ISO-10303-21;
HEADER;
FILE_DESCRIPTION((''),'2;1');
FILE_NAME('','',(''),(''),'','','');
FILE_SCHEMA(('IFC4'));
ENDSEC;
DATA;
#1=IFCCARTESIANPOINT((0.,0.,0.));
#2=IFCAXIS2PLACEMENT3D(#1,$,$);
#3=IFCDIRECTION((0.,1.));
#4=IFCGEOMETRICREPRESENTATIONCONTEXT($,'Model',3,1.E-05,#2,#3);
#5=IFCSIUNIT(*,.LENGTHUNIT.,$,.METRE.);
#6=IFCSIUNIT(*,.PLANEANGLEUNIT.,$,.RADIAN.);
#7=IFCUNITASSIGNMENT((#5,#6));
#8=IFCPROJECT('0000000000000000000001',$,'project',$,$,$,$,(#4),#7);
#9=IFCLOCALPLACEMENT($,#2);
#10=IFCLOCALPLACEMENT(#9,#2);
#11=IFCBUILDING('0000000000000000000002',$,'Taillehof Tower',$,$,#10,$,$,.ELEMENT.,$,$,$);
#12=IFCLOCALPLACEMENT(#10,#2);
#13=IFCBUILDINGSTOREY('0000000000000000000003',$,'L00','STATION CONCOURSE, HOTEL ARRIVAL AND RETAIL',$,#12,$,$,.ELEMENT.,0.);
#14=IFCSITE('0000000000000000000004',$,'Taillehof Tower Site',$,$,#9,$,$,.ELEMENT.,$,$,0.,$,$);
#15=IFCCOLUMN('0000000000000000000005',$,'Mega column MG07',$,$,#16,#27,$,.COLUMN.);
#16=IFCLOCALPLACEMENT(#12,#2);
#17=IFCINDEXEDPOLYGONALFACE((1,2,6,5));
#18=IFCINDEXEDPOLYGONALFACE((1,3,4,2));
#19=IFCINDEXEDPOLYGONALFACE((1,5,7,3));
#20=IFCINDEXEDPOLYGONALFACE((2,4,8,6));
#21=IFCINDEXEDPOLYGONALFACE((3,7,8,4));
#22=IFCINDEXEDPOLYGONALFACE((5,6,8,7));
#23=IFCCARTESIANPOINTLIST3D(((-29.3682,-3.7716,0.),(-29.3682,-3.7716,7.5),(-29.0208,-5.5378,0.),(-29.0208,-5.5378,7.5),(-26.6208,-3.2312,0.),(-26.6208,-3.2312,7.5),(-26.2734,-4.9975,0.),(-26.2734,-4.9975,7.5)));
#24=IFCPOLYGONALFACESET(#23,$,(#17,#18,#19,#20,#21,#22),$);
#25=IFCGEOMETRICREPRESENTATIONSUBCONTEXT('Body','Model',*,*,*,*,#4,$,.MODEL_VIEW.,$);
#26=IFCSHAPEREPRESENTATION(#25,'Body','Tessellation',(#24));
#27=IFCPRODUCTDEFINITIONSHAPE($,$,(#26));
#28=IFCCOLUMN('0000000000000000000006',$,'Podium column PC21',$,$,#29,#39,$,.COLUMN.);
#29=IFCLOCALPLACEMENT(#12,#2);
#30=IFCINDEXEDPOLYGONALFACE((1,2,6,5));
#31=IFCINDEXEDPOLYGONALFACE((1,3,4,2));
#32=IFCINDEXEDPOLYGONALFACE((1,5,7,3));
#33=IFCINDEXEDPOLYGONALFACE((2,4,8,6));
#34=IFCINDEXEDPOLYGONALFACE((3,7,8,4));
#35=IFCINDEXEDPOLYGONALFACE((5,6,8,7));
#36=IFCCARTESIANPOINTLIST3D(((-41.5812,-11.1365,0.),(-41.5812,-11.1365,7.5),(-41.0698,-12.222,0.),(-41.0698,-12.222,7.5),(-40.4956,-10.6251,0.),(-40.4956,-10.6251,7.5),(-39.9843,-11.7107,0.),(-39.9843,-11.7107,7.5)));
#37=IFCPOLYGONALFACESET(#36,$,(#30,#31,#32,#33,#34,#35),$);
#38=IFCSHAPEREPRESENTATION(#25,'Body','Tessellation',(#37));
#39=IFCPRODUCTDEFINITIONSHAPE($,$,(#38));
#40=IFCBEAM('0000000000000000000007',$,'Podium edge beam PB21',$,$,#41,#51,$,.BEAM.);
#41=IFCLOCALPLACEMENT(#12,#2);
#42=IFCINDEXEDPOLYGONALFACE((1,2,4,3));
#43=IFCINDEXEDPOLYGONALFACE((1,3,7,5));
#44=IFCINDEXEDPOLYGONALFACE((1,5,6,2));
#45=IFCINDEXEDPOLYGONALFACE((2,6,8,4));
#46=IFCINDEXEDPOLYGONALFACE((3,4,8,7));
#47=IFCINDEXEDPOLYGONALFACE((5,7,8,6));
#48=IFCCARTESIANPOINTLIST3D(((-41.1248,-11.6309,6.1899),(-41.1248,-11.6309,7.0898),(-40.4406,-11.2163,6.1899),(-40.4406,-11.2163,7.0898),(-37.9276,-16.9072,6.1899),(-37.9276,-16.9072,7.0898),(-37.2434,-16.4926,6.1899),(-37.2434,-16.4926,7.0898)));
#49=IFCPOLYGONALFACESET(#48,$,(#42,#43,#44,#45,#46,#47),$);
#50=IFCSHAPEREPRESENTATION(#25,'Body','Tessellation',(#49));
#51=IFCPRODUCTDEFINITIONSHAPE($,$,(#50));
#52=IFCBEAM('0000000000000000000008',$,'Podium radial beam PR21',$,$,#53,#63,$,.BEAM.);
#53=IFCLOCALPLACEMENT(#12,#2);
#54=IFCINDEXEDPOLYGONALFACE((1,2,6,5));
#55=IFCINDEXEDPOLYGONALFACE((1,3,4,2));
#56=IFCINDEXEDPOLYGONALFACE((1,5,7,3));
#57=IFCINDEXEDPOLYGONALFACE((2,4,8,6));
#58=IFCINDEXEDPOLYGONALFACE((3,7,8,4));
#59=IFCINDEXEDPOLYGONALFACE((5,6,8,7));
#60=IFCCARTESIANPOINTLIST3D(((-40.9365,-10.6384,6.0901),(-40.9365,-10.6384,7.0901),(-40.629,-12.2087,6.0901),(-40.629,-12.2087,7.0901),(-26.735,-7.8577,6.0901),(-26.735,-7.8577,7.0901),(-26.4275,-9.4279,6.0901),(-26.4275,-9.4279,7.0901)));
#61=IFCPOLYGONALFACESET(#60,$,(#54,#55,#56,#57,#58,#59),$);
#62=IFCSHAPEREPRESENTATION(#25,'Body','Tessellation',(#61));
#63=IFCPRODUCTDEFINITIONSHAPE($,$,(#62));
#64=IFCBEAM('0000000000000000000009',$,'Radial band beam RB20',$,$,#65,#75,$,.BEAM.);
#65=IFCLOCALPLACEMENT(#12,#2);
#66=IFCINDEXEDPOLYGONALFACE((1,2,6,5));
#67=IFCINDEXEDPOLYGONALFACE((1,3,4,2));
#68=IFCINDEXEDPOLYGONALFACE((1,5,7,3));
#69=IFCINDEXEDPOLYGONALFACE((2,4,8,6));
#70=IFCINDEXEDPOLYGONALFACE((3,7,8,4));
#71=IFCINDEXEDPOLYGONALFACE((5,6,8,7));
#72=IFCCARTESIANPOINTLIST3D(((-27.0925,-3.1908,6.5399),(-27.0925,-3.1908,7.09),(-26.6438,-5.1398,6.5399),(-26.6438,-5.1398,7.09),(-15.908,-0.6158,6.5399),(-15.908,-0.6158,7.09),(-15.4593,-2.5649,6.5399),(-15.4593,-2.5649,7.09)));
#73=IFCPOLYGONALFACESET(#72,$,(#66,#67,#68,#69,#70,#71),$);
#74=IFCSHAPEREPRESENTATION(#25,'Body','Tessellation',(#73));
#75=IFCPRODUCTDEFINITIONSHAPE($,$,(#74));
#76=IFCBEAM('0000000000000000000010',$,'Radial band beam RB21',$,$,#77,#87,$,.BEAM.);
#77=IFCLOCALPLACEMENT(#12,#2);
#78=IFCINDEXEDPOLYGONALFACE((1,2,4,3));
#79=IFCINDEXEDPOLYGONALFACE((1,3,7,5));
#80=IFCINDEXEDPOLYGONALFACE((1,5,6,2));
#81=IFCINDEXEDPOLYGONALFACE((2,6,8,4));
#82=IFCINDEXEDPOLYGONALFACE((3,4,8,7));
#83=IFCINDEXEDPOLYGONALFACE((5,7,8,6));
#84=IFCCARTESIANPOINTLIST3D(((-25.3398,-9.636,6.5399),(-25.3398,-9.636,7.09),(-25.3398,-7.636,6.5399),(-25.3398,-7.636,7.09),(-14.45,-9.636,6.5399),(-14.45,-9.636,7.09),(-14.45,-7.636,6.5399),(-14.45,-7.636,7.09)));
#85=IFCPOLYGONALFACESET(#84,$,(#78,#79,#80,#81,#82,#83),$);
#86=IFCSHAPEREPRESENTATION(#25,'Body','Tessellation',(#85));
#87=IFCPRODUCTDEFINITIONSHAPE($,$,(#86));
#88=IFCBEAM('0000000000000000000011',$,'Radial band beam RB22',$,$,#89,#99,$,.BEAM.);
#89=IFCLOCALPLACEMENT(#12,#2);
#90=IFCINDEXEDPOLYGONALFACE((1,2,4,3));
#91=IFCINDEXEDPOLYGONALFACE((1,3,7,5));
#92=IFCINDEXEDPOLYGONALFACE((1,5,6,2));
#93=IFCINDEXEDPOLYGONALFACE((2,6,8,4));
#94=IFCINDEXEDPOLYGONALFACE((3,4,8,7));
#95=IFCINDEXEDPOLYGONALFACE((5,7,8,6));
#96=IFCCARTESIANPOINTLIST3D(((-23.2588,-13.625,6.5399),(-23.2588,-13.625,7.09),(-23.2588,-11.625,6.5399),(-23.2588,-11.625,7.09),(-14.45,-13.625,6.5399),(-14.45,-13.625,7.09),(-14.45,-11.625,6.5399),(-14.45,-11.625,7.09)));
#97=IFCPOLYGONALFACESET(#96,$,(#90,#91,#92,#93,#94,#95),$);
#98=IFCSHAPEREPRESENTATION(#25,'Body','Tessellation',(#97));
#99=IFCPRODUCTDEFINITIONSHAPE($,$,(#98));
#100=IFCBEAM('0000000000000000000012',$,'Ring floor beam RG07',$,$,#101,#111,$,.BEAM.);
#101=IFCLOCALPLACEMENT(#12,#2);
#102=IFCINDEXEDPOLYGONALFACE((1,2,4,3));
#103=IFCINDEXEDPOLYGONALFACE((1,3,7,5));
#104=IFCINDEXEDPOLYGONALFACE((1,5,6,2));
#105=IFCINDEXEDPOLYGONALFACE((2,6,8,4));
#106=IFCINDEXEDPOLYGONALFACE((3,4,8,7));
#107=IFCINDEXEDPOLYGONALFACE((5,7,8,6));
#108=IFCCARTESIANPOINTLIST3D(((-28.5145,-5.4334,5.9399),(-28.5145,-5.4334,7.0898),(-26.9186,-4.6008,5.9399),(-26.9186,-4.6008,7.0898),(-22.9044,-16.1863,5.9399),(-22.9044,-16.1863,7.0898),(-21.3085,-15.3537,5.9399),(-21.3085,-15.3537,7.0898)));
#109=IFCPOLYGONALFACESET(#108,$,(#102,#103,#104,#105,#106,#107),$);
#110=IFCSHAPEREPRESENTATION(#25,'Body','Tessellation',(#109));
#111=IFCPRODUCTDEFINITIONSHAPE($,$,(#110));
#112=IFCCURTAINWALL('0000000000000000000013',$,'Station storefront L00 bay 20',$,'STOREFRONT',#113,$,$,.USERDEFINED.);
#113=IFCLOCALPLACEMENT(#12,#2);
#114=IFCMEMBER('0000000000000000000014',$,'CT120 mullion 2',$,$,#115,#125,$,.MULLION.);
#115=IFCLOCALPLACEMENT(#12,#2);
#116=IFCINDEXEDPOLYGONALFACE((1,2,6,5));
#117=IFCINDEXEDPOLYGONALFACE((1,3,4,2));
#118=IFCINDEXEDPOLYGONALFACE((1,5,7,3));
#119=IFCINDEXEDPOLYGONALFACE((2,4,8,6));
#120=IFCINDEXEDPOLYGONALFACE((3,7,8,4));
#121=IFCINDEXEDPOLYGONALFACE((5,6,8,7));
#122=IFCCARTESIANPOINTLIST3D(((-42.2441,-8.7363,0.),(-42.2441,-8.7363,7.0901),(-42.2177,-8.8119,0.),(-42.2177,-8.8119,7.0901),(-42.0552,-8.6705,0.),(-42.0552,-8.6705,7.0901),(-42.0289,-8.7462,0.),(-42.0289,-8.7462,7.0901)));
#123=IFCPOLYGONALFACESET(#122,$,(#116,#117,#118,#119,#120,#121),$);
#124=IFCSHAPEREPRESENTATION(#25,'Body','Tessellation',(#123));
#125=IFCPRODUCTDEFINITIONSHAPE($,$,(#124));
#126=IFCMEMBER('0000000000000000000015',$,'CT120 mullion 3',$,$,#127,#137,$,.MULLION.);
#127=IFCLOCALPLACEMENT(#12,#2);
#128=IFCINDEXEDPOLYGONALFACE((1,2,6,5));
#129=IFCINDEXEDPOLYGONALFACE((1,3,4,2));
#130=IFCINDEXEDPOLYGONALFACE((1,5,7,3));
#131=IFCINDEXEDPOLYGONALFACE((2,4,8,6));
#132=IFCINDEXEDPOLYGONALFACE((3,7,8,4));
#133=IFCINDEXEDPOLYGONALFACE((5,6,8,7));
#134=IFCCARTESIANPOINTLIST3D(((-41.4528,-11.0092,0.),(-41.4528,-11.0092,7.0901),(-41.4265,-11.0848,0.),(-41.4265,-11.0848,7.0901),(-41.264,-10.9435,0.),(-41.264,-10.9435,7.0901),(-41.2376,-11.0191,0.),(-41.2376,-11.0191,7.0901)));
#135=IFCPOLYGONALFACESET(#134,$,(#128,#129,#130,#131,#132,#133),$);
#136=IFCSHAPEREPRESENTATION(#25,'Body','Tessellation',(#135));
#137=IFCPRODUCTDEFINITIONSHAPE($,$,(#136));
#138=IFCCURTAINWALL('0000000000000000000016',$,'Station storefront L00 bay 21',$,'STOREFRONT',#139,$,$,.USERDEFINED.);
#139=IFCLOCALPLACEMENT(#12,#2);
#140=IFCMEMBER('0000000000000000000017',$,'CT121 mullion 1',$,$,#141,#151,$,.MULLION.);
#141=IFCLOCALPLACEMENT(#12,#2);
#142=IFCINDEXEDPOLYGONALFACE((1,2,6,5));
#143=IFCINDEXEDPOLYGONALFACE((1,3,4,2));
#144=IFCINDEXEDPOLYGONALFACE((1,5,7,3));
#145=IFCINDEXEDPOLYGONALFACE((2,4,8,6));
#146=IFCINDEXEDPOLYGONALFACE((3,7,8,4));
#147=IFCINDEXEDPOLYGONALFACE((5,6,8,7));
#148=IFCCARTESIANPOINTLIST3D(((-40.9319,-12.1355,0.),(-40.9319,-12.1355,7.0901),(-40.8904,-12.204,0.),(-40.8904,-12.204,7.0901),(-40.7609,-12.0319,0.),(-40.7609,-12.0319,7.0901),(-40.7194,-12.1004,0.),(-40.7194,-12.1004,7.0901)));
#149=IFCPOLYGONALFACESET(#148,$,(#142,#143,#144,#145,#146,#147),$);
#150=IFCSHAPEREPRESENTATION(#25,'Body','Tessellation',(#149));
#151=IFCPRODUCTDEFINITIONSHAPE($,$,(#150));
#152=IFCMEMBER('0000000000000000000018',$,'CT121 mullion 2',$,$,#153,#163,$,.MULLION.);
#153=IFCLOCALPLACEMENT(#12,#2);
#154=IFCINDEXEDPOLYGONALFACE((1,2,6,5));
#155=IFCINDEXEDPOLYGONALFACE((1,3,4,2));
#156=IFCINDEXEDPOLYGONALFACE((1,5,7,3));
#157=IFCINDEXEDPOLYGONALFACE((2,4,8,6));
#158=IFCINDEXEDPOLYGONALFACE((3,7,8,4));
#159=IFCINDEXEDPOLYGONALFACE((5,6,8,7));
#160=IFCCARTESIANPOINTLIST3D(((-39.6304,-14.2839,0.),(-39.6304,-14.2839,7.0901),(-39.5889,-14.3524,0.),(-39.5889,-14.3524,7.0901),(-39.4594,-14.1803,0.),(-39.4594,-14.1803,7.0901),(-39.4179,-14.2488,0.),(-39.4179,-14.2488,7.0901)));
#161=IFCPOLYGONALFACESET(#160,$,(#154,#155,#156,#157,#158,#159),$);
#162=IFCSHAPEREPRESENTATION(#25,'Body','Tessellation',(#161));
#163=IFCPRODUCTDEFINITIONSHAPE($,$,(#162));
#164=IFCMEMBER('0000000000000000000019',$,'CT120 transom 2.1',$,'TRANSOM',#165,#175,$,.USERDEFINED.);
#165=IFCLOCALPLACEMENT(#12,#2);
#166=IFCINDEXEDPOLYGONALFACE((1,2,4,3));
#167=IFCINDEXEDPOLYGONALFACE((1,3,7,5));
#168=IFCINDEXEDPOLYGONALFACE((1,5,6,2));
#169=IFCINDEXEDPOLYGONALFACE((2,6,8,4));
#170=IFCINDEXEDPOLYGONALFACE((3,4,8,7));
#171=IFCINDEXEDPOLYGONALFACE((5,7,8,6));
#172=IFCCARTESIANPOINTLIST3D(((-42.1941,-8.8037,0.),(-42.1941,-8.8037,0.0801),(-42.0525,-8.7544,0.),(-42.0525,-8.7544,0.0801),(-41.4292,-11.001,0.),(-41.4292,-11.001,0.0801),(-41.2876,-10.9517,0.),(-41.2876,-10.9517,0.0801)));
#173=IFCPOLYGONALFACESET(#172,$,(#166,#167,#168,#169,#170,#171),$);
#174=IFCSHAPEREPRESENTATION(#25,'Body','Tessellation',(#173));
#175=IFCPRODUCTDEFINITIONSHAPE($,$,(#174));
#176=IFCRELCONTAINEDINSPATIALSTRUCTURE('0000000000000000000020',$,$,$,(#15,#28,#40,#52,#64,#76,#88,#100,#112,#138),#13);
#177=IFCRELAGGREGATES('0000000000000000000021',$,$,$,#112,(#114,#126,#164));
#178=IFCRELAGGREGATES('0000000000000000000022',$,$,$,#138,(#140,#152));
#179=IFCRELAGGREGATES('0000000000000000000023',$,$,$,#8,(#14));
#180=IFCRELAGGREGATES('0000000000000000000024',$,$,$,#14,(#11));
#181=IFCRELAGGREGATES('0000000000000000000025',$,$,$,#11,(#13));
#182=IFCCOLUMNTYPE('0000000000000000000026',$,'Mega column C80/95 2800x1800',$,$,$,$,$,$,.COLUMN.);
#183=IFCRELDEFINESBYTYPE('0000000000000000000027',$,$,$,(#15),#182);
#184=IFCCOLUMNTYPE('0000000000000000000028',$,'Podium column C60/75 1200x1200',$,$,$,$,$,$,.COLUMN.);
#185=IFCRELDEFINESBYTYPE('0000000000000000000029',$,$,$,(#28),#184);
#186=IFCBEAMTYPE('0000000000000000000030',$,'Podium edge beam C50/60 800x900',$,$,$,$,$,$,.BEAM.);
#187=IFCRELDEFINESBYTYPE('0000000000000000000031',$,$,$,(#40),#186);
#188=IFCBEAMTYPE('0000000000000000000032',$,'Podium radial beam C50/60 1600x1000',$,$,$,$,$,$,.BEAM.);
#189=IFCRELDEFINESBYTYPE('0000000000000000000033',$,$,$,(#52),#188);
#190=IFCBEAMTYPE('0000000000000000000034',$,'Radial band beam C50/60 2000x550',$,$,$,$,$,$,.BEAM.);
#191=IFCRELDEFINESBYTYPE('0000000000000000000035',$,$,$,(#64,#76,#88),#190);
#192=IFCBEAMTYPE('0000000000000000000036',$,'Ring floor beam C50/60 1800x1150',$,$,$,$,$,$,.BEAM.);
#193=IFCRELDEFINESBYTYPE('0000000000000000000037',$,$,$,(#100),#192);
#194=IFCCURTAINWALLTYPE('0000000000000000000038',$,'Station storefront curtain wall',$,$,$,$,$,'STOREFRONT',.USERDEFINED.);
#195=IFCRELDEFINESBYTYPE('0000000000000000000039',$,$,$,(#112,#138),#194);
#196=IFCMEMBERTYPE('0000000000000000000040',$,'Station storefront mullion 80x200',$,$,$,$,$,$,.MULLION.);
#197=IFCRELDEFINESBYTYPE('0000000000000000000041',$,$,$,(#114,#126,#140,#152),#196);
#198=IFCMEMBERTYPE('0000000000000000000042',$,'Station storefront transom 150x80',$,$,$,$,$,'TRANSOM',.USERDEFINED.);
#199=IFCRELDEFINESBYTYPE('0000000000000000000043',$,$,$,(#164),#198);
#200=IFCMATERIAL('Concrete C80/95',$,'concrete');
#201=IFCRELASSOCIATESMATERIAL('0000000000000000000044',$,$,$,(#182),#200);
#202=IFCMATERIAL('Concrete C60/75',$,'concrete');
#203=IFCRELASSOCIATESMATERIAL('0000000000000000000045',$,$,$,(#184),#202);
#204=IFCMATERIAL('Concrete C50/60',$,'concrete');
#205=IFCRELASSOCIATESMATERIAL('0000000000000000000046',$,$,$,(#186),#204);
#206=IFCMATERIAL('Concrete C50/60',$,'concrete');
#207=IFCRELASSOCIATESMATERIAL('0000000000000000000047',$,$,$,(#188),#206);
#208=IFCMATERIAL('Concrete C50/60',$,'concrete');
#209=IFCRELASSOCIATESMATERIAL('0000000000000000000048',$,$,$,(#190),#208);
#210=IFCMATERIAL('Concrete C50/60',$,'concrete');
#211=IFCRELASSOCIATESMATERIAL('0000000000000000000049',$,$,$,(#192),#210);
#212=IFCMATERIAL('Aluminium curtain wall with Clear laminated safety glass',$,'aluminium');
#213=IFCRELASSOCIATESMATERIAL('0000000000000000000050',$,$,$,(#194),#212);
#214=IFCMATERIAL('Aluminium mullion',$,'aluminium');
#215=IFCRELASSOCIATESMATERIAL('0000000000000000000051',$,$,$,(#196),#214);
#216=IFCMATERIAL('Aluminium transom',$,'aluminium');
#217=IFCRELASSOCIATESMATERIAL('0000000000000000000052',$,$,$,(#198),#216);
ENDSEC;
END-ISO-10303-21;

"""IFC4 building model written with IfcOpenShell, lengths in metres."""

from ifc_helpers import new_model, si_unit, direction, frame, origin, origin_2d, place, context, subcontext, project, spatial, rectangle, extrude, material, material_profile, profile_set, type_object, element, aggregate, save


model = new_model("IFC4")

# Units and contexts
model_context = context("Model", 3, precision=1e-05, world=origin(), true_north=direction((0.0, 1.0)))
body_context = subcontext(model_context, "Body", "Model", "MODEL_VIEW")
ifc_project = project(units=[si_unit("LENGTHUNIT", "METRE"), si_unit("PLANEANGLEUNIT", "RADIAN")], contexts=[model_context])

# Site, building, storey
site_placement = place(None, origin())
site = spatial("IfcSite", under=ifc_project, at=site_placement, Name="Taillehof Tower Site", CompositionType="ELEMENT", RefElevation=0.0)
building_placement = place(site_placement, origin())
building = spatial("IfcBuilding", under=site, at=building_placement, Name="Taillehof Tower", CompositionType="ELEMENT")
storey_placement = place(building_placement, origin())
storey = spatial("IfcBuildingStorey", under=building, at=storey_placement, Name="L00", Description="STATION CONCOURSE, HOTEL ARRIVAL AND RETAIL", CompositionType="ELEMENT", Elevation=0.0)

# Columns
ifc_material_1 = material(Name="Concrete C80/95", Category="concrete")
ifc_material_profile_1 = material_profile(ifc_material_1, rectangle(XDim=2.8, YDim=1.8, at=origin_2d()), Name="RC 2800x1800")
ifc_profile_set_1 = profile_set([ifc_material_profile_1], Name="Concrete C80/95")
column_type_1 = type_object("IfcColumnType", Name="Mega column C80/95 2800x1800", PredefinedType="COLUMN", material=ifc_profile_set_1)
column_1_placement = place(storey_placement, frame((-27.8208, -4.3845, 0.0), z_axis=(0.0, 0.0, 1.0), x_axis=(-0.981204, -0.192976, 0.0)))
element("IfcColumn", 1, at=column_1_placement, inside=storey, type_object=column_type_1, Name="Mega column MG07", PredefinedType="COLUMN", context=body_context, shape_type="SweptSolid", body=[
    extrude(rectangle(XDim=2.8, YDim=1.8, at=origin_2d()), origin(), (0.0, 0.0, 1.0), 7.5),
])
ifc_material_2 = material(Name="Concrete C60/75", Category="concrete")
ifc_material_profile_2 = material_profile(ifc_material_2, rectangle(XDim=1.2, YDim=1.2, at=origin_2d()), Name="RC 1200x1200")
ifc_profile_set_2 = profile_set([ifc_material_profile_2], Name="Concrete C60/75")
column_type_2 = type_object("IfcColumnType", Name="Podium column C60/75 1200x1200", PredefinedType="COLUMN", material=ifc_profile_set_2)
column_2_placement = place(storey_placement, frame((-40.7827, -11.4236, 0.0), z_axis=(0.0, 0.0, 1.0), x_axis=(-0.904668, -0.426117, 0.0)))
element("IfcColumn", 2, at=column_2_placement, inside=storey, type_object=column_type_2, Name="Podium column PC21", PredefinedType="COLUMN", context=body_context, shape_type="SweptSolid", body=[
    extrude(rectangle(XDim=1.2, YDim=1.2, at=origin_2d()), origin(), (0.0, 0.0, 1.0), 7.5),
])

# Beams
ifc_material_3 = material(Name="Concrete C50/60", Category="concrete")
ifc_material_profile_3 = material_profile(ifc_material_3, rectangle(XDim=0.8, YDim=0.8999, at=origin_2d()), Name="RC 800x900")
ifc_profile_set_3 = profile_set([ifc_material_profile_3], Name="Concrete C50/60")
beam_type_1 = type_object("IfcBeamType", Name="Podium edge beam C50/60 800x900", PredefinedType="BEAM", material=ifc_profile_set_3)
beam_1_placement = place(storey_placement, frame((-40.7827, -11.4236, 6.6399), z_axis=(0.518239, -0.855236, 0.0), x_axis=(0.855236, 0.518239, 0.0)))
element("IfcBeam", 3, at=beam_1_placement, inside=storey, type_object=beam_type_1, Name="Podium edge beam PB21", PredefinedType="BEAM", context=body_context, shape_type="SweptSolid", body=[
    extrude(rectangle(XDim=0.8, YDim=0.8999, at=origin_2d()), origin(), (0.0, 0.0, 1.0), 6.1694),
])
ifc_material_4 = material(Name="Concrete C50/60", Category="concrete")
ifc_material_profile_4 = material_profile(ifc_material_4, rectangle(XDim=1.6001, YDim=1.0, at=origin_2d()), Name="RC 1600x1000")
ifc_profile_set_4 = profile_set([ifc_material_profile_4], Name="Concrete C50/60")
beam_type_2 = type_object("IfcBeamType", Name="Podium radial beam C50/60 1600x1000", PredefinedType="BEAM", material=ifc_profile_set_4)
beam_2_placement = place(storey_placement, frame((-40.7827, -11.4236, 6.5901), z_axis=(0.981364, 0.19216, 0.0), x_axis=(-0.19216, 0.981364, 0.0)))
element("IfcBeam", 4, at=beam_2_placement, inside=storey, type_object=beam_type_2, Name="Podium radial beam PR21", PredefinedType="BEAM", context=body_context, shape_type="SweptSolid", body=[
    extrude(rectangle(XDim=1.6001, YDim=1.0, at=origin_2d()), origin(), (0.0, 0.0, 1.0), 14.4712),
])
ifc_material_5 = material(Name="Concrete C50/60", Category="concrete")
ifc_material_profile_5 = material_profile(ifc_material_5, rectangle(XDim=2.0, YDim=0.55, at=origin_2d()), Name="RC 2000x550")
ifc_profile_set_5 = profile_set([ifc_material_profile_5], Name="Concrete C50/60")
beam_type_3 = type_object("IfcBeamType", Name="Radial band beam C50/60 2000x550", PredefinedType="BEAM", material=ifc_profile_set_5)
beam_3_placement = place(storey_placement, frame((-26.8682, -4.1653, 6.8149), z_axis=(0.974508, 0.224355, 0.0), x_axis=(-0.224355, 0.974508, 0.0)))
element("IfcBeam", 5, at=beam_3_placement, inside=storey, type_object=beam_type_3, Name="Radial band beam RB20", PredefinedType="BEAM", context=body_context, shape_type="SweptSolid", body=[
    extrude(rectangle(XDim=2.0, YDim=0.55, at=origin_2d()), origin(), (0.0, 0.0, 1.0), 11.4771),
])
beam_4_placement = place(storey_placement, frame((-25.3398, -8.636, 6.8149), z_axis=(1.0, 0.0, 0.0), x_axis=(0.0, 1.0, 0.0)))
element("IfcBeam", 6, at=beam_4_placement, inside=storey, type_object=beam_type_3, Name="Radial band beam RB21", PredefinedType="BEAM", context=body_context, shape_type="SweptSolid", body=[
    extrude(rectangle(XDim=2.0, YDim=0.55, at=origin_2d()), origin(), (0.0, 0.0, 1.0), 10.8899),
])
beam_5_placement = place(storey_placement, frame((-23.2588, -12.625, 6.8149), z_axis=(1.0, 0.0, 0.0), x_axis=(0.0, 1.0, 0.0)))
element("IfcBeam", 7, at=beam_5_placement, inside=storey, type_object=beam_type_3, Name="Radial band beam RB22", PredefinedType="BEAM", context=body_context, shape_type="SweptSolid", body=[
    extrude(rectangle(XDim=2.0, YDim=0.55, at=origin_2d()), origin(), (0.0, 0.0, 1.0), 8.8088),
])
ifc_material_6 = material(Name="Concrete C50/60", Category="concrete")
ifc_material_profile_6 = material_profile(ifc_material_6, rectangle(XDim=1.8, YDim=1.1499, at=origin_2d()), Name="RC 1800x1150")
ifc_profile_set_6 = profile_set([ifc_material_profile_6], Name="Concrete C50/60")
beam_type_4 = type_object("IfcBeamType", Name="Ring floor beam C50/60 1800x1150", PredefinedType="BEAM", material=ifc_profile_set_6)
beam_6_placement = place(storey_placement, frame((-27.7166, -5.0171, 6.5149), z_axis=(0.462558, -0.886589, 0.0), x_axis=(0.886589, 0.462558, 0.0)))
element("IfcBeam", 8, at=beam_6_placement, inside=storey, type_object=beam_type_4, Name="Ring floor beam RG07", PredefinedType="BEAM", context=body_context, shape_type="SweptSolid", body=[
    extrude(rectangle(XDim=1.8, YDim=1.1499, at=origin_2d()), origin(), (0.0, 0.0, 1.0), 12.1284),
])

# Curtain walls, members
ifc_material_7 = material(Name="Aluminium curtain wall with Clear laminated safety glass", Category="aluminium")
curtain_wall_type = type_object("IfcCurtainWallType", Name="Station storefront curtain wall", ElementType="STOREFRONT", PredefinedType="USERDEFINED", material=ifc_material_7)
curtain_wall_1_placement = place(storey_placement, origin())
curtain_wall_1 = element("IfcCurtainWall", 9, at=curtain_wall_1_placement, inside=storey, type_object=curtain_wall_type, Name="Station storefront L00 bay 20", ObjectType="STOREFRONT", PredefinedType="USERDEFINED")
ifc_material_8 = material(Name="Aluminium mullion", Category="aluminium")
ifc_material_profile_7 = material_profile(ifc_material_8, rectangle(XDim=0.2, YDim=0.0801, at=origin_2d()), Name="AL 80x200")
ifc_profile_set_7 = profile_set([ifc_material_profile_7], Name="Aluminium mullion")
member_type_1 = type_object("IfcMemberType", Name="Station storefront mullion 80x200", PredefinedType="MULLION", material=ifc_profile_set_7)
member_1_placement = place(storey_placement, frame((-42.1365, -8.7412, 0.0), z_axis=(0.0, 0.0, 1.0), x_axis=(0.944414, 0.328758, 0.0)))
member_1 = element("IfcMember", 10, at=member_1_placement, type_object=member_type_1, Name="CT120 mullion 2", PredefinedType="MULLION", context=body_context, shape_type="SweptSolid", body=[
    extrude(rectangle(XDim=0.2, YDim=0.0801, at=origin_2d()), origin(), (0.0, 0.0, 1.0), 7.0901),
])
member_2_placement = place(storey_placement, frame((-41.3452, -11.0142, 0.0), z_axis=(0.0, 0.0, 1.0), x_axis=(0.944414, 0.328758, 0.0)))
member_2 = element("IfcMember", 11, at=member_2_placement, type_object=member_type_1, Name="CT120 mullion 3", PredefinedType="MULLION", context=body_context, shape_type="SweptSolid", body=[
    extrude(rectangle(XDim=0.2, YDim=0.0801, at=origin_2d()), origin(), (0.0, 0.0, 1.0), 7.0901),
])
curtain_wall_2_placement = place(storey_placement, origin())
curtain_wall_2 = element("IfcCurtainWall", 12, at=curtain_wall_2_placement, inside=storey, type_object=curtain_wall_type, Name="Station storefront L00 bay 21", ObjectType="STOREFRONT", PredefinedType="USERDEFINED")
member_3_placement = place(storey_placement, frame((-40.8257, -12.1179, 0.0), z_axis=(0.0, 0.0, 1.0), x_axis=(0.855289, 0.518151, 0.0)))
member_3 = element("IfcMember", 13, at=member_3_placement, type_object=member_type_1, Name="CT121 mullion 1", PredefinedType="MULLION", context=body_context, shape_type="SweptSolid", body=[
    extrude(rectangle(XDim=0.2, YDim=0.0801, at=origin_2d()), origin(), (0.0, 0.0, 1.0), 7.0901),
])
member_4_placement = place(storey_placement, frame((-39.5242, -14.2664, 0.0), z_axis=(0.0, 0.0, 1.0), x_axis=(0.855289, 0.518151, 0.0)))
member_4 = element("IfcMember", 14, at=member_4_placement, type_object=member_type_1, Name="CT121 mullion 2", PredefinedType="MULLION", context=body_context, shape_type="SweptSolid", body=[
    extrude(rectangle(XDim=0.2, YDim=0.0801, at=origin_2d()), origin(), (0.0, 0.0, 1.0), 7.0901),
])

# Member
ifc_material_9 = material(Name="Aluminium transom", Category="aluminium")
ifc_material_profile_8 = material_profile(ifc_material_9, rectangle(XDim=0.1499, YDim=0.0801, at=origin_2d()), Name="AL 150x80")
ifc_profile_set_8 = profile_set([ifc_material_profile_8], Name="Aluminium transom")
member_type_2 = type_object("IfcMemberType", Name="Station storefront transom 150x80", ElementType="TRANSOM", PredefinedType="USERDEFINED", material=ifc_profile_set_8)
member_5_placement = place(storey_placement, frame((-42.1233, -8.7791, 0.04), z_axis=(0.328761, -0.944413, 0.0), x_axis=(0.944413, 0.328761, 0.0)))
member_5 = element("IfcMember", 15, at=member_5_placement, type_object=member_type_2, Name="CT120 transom 2.1", ObjectType="TRANSOM", PredefinedType="USERDEFINED", context=body_context, shape_type="SweptSolid", body=[
    extrude(rectangle(XDim=0.1499, YDim=0.0801, at=origin_2d()), origin(), (0.0, 0.0, 1.0), 2.3267),
])

aggregate(curtain_wall_1, [member_1, member_2, member_5])
aggregate(curtain_wall_2, [member_3, member_4])

save(model, "model.ifc")
